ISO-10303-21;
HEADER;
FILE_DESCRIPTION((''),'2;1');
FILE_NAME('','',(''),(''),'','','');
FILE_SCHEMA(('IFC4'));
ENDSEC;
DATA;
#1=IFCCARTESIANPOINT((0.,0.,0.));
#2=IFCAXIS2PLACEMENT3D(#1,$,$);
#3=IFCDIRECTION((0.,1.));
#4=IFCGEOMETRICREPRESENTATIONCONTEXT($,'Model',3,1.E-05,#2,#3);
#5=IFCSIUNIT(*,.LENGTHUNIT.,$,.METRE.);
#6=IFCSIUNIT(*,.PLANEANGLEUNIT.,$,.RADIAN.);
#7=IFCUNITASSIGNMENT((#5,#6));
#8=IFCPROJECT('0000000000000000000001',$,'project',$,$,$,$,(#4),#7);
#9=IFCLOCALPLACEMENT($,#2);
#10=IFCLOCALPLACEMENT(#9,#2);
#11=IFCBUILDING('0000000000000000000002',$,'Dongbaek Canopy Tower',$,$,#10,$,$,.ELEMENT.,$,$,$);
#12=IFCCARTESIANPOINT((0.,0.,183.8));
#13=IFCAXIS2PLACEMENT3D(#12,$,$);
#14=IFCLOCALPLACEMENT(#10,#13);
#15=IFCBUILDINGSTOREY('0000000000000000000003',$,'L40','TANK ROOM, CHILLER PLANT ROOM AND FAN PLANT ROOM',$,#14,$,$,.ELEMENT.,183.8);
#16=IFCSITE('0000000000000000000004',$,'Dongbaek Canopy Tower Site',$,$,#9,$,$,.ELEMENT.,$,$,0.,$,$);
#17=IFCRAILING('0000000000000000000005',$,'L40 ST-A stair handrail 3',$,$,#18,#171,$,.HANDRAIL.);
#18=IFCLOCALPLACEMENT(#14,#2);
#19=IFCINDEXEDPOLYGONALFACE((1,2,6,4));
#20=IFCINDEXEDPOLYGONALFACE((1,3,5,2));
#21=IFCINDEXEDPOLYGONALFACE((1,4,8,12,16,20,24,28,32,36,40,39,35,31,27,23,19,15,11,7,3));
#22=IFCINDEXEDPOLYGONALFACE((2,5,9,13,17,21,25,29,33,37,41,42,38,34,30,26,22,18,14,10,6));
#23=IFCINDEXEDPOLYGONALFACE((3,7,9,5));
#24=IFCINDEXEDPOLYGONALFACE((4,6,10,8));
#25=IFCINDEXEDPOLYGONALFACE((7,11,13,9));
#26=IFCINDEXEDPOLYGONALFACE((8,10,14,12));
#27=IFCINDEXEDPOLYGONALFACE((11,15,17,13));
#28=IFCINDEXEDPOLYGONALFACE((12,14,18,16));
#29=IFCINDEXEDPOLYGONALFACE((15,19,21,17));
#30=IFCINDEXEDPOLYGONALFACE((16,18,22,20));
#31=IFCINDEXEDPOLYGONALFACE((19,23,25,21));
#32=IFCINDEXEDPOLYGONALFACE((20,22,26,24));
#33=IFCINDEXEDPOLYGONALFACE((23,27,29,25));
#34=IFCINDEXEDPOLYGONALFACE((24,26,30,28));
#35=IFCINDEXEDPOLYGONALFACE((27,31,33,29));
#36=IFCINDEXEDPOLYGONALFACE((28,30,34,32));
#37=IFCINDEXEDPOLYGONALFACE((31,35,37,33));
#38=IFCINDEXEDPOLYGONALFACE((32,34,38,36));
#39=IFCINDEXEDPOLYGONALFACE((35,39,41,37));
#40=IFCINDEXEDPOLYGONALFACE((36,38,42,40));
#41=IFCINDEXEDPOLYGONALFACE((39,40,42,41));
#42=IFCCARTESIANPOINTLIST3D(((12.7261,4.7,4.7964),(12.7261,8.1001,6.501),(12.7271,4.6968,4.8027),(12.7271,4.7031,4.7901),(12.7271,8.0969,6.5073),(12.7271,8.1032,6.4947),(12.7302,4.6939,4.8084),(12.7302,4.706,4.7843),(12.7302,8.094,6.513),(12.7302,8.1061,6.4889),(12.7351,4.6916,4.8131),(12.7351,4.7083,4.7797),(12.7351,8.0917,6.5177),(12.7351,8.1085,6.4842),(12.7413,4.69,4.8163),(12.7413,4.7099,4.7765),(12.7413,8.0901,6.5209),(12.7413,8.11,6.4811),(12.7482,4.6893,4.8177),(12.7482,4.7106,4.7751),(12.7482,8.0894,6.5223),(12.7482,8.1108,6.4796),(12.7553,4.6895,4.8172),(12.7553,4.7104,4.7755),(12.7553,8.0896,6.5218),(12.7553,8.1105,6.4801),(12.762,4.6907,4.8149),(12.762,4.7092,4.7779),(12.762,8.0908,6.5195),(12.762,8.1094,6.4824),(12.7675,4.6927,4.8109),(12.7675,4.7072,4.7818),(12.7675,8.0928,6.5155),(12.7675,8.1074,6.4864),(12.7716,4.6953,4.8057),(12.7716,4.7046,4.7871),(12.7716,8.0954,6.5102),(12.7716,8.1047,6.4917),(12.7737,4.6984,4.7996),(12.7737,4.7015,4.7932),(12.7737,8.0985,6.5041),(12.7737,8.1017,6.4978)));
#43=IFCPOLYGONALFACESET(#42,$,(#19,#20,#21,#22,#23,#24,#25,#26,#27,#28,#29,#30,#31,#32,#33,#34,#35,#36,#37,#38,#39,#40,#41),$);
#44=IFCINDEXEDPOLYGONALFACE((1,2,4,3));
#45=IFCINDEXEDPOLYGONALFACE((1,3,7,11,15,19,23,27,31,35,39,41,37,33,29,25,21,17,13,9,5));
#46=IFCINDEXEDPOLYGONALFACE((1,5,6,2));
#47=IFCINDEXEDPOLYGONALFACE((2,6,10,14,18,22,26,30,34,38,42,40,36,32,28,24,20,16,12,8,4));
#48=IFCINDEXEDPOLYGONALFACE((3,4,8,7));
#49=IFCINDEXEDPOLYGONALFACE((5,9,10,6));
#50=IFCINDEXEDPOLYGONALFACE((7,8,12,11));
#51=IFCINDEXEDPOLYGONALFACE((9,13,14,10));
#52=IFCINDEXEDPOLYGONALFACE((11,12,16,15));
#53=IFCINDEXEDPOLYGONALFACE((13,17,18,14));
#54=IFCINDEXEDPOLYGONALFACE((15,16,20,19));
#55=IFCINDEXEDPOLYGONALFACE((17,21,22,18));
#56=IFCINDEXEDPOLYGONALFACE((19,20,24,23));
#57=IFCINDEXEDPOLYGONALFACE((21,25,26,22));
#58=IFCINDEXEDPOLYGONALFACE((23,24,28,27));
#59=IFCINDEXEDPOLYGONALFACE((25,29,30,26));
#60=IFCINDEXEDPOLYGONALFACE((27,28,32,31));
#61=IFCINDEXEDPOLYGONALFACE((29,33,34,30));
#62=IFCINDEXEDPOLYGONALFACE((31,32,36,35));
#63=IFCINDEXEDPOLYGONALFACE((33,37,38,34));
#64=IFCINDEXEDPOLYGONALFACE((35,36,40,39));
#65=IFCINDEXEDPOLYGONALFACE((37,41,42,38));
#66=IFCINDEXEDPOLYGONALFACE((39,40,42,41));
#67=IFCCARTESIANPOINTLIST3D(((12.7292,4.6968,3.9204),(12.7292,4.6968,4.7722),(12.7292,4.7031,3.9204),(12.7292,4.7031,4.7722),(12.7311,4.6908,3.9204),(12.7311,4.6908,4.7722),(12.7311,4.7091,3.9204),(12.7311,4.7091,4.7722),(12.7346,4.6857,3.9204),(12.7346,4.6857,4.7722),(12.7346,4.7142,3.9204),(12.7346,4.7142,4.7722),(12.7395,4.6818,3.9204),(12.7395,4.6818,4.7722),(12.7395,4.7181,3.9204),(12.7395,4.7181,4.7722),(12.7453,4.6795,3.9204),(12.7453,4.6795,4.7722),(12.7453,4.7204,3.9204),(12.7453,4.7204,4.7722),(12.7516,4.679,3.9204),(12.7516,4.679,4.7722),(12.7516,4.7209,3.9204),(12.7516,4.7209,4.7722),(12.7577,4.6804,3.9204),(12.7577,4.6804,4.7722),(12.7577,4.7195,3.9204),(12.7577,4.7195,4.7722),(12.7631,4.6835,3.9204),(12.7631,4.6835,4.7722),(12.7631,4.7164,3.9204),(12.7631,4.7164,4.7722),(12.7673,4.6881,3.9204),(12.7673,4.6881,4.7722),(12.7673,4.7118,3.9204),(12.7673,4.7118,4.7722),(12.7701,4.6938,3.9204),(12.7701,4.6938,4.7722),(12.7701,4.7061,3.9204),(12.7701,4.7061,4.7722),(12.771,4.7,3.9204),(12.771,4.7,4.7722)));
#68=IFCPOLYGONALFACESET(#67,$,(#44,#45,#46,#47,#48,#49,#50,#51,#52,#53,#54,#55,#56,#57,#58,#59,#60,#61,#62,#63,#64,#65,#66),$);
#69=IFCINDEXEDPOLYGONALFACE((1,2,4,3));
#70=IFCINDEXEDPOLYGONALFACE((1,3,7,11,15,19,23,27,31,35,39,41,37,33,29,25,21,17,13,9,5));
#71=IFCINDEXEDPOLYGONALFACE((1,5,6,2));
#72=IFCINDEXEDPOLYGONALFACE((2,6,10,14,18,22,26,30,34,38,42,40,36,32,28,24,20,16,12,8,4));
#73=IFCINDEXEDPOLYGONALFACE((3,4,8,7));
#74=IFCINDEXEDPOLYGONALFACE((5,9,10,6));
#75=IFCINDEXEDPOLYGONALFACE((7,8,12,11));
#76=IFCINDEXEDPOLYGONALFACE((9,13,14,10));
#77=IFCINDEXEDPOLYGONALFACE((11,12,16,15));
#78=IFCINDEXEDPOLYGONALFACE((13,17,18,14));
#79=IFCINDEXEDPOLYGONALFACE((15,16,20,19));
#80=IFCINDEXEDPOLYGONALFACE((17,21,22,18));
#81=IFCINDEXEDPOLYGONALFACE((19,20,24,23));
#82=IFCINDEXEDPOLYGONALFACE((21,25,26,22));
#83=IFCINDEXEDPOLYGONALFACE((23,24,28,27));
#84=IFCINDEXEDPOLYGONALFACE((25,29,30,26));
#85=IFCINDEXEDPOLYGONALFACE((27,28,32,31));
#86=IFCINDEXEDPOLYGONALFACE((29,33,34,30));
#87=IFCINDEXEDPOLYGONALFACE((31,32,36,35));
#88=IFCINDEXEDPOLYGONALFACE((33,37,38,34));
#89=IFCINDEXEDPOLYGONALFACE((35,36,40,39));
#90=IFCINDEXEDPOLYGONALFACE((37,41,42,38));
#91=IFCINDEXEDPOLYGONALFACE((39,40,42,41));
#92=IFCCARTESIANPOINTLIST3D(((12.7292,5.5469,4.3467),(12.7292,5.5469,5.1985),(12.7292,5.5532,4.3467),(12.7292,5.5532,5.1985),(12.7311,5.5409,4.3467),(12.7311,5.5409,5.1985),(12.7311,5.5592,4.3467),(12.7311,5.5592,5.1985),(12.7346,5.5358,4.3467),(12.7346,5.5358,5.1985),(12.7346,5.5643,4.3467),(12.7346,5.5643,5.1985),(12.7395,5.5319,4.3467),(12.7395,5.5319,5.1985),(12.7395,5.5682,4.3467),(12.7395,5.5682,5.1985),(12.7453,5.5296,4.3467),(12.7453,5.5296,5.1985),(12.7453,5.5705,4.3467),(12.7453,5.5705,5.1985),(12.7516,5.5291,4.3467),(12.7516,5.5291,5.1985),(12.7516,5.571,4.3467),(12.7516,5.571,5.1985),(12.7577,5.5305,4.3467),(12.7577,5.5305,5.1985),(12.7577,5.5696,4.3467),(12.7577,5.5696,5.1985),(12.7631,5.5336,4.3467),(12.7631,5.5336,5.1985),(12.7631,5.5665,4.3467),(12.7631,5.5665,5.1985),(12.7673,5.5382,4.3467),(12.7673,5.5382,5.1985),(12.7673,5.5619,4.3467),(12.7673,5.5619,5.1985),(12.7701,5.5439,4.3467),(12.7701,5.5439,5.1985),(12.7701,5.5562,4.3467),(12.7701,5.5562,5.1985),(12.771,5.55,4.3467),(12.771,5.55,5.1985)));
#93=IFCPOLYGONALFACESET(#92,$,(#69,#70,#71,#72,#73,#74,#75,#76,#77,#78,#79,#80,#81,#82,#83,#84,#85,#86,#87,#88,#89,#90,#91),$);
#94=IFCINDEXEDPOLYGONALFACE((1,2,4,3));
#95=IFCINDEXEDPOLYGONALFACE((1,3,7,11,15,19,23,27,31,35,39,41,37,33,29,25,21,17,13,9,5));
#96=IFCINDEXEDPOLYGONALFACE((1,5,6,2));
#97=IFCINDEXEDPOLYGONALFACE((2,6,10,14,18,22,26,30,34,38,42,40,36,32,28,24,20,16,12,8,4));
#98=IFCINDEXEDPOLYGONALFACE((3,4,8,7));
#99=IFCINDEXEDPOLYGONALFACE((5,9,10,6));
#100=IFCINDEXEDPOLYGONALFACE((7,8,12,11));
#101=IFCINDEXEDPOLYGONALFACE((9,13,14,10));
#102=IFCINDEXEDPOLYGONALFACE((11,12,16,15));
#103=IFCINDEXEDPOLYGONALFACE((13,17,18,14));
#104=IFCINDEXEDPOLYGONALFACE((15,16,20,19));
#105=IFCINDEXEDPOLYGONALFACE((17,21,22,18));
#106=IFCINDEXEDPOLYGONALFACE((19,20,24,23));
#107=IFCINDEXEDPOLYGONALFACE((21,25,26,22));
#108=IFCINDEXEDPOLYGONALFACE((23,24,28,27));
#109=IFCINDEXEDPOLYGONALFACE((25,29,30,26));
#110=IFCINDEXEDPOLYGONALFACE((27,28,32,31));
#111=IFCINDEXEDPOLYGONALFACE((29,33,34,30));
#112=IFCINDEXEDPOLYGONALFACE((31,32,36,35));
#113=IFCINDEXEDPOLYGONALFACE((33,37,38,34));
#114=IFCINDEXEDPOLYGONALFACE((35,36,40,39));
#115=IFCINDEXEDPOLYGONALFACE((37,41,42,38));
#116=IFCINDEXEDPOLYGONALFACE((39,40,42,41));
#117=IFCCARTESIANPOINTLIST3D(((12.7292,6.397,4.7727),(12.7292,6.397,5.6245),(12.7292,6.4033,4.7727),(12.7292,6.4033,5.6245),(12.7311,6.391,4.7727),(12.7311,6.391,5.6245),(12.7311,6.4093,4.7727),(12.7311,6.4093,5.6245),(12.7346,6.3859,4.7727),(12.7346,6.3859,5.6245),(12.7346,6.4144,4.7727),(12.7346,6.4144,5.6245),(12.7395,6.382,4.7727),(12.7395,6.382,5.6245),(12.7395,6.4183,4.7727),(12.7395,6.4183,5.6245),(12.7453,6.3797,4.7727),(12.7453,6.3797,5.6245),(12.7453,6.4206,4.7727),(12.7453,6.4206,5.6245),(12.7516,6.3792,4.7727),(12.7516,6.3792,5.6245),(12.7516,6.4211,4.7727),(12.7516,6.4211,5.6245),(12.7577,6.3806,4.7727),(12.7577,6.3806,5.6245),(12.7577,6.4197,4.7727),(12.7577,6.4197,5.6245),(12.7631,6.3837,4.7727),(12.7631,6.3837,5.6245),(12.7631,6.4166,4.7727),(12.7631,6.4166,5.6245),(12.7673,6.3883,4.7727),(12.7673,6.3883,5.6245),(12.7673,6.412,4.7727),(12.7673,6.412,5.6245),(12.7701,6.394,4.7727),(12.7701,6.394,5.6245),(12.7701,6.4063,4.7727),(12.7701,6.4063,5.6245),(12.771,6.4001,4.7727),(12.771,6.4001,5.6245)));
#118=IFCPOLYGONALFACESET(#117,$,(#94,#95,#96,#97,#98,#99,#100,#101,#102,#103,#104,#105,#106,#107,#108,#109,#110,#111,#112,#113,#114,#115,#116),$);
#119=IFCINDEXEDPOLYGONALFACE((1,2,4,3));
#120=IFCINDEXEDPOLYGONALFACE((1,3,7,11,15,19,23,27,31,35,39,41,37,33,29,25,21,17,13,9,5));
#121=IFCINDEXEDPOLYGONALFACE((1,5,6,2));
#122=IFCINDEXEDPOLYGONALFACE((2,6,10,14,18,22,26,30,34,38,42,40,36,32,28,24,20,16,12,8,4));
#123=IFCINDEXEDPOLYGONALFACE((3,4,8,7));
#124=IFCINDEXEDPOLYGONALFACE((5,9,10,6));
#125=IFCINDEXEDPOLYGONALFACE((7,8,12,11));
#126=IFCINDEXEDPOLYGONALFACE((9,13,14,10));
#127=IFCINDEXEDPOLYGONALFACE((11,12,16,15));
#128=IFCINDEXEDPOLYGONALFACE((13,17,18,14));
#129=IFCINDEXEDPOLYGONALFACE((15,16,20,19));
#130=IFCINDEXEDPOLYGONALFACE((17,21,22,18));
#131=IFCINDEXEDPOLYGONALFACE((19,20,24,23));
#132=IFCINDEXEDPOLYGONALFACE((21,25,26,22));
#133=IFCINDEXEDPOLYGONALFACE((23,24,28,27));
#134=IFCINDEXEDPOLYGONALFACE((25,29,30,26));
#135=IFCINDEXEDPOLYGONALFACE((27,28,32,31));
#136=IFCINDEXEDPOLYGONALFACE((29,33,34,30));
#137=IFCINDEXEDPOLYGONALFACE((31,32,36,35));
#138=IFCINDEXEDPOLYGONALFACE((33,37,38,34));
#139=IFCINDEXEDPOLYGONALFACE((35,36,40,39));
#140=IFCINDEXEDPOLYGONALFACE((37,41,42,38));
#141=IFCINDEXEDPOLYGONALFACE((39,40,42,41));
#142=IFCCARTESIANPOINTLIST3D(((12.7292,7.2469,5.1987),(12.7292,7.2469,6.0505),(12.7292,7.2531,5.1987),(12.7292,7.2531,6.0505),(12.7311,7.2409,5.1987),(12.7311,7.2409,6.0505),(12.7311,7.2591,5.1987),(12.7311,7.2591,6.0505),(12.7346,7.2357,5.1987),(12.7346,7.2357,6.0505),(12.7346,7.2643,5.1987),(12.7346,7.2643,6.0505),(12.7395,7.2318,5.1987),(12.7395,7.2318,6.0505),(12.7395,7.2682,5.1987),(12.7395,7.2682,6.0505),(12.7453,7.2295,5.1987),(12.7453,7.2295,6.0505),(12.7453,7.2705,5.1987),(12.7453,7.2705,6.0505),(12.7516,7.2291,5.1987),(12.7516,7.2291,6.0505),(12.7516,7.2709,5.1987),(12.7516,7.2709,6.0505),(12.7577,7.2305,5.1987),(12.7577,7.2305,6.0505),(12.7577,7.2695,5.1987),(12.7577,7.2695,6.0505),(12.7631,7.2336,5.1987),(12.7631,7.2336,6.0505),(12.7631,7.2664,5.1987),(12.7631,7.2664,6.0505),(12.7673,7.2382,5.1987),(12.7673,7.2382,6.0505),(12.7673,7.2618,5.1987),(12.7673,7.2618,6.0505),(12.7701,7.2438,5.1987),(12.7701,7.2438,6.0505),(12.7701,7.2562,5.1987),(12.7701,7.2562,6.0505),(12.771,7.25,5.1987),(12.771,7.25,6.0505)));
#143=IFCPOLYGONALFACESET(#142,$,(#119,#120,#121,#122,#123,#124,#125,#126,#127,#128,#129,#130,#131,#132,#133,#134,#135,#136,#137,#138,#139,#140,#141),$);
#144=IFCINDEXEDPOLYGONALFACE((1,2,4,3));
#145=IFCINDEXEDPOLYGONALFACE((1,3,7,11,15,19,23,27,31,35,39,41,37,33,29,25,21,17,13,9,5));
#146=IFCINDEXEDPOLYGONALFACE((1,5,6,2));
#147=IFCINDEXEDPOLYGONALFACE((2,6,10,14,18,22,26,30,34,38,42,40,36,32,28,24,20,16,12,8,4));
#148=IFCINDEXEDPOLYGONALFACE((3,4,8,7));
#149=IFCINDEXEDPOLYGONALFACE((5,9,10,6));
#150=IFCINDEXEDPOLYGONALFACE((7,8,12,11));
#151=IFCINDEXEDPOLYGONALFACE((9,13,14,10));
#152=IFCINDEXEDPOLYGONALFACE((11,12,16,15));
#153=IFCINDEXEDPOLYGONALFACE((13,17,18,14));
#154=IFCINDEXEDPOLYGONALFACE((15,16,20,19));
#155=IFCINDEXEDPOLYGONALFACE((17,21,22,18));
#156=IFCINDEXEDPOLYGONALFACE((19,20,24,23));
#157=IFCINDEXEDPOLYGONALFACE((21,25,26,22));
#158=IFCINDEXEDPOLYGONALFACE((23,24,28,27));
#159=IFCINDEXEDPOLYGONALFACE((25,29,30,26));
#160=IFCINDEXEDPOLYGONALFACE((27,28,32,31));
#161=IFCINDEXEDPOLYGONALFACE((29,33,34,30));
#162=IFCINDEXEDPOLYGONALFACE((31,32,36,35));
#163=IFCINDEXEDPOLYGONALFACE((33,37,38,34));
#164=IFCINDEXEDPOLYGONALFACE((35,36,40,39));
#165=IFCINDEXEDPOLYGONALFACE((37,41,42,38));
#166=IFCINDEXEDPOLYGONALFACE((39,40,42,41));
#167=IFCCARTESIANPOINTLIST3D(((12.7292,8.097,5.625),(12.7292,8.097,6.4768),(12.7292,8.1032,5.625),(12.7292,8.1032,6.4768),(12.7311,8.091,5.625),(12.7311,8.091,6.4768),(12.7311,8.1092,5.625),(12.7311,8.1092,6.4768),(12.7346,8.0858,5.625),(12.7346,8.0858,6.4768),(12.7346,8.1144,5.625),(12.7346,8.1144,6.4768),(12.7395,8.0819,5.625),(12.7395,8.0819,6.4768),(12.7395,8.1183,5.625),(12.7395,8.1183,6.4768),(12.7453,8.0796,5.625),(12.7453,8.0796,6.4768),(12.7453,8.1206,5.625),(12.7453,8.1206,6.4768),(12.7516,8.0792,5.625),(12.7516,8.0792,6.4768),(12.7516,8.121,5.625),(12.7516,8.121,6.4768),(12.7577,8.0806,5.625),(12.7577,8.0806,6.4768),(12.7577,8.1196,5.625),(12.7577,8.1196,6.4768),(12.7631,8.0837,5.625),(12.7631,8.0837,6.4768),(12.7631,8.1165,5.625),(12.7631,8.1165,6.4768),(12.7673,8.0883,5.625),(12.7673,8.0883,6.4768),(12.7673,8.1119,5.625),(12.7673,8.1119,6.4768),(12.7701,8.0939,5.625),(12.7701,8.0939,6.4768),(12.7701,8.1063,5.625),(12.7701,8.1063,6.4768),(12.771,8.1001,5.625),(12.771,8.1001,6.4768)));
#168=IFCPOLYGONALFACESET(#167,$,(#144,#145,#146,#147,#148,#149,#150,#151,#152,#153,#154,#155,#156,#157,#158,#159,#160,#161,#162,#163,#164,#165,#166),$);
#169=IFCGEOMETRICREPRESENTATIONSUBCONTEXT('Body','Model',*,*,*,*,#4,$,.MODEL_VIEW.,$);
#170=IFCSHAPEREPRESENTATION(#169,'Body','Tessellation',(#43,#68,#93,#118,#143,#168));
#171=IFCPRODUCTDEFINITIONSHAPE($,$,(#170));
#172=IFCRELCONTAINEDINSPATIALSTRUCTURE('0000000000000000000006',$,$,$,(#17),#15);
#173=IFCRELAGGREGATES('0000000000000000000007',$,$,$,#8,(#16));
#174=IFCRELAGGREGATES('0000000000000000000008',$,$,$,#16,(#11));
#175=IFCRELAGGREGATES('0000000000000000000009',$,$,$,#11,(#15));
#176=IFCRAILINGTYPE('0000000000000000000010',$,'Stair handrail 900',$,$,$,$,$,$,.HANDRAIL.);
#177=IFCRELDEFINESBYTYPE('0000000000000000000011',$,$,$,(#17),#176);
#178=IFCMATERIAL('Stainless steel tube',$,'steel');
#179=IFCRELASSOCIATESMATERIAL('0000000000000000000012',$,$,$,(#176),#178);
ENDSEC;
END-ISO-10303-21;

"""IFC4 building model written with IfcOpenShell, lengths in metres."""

from ifc_helpers import new_model, si_unit, direction, frame, origin, origin_2d, place, context, subcontext, project, spatial, circle, extrude, material, type_object, element, save


model = new_model("IFC4")

# Units and contexts
model_context = context("Model", 3, precision=1e-05, world=origin(), true_north=direction((0.0, 1.0)))
body_context = subcontext(model_context, "Body", "Model", "MODEL_VIEW")
ifc_project = project(units=[si_unit("LENGTHUNIT", "METRE"), si_unit("PLANEANGLEUNIT", "RADIAN")], contexts=[model_context])

# Site, building, storey
site_placement = place(None, origin())
site = spatial("IfcSite", under=ifc_project, at=site_placement, Name="Dongbaek Canopy Tower Site", CompositionType="ELEMENT", RefElevation=0.0)
building_placement = place(site_placement, origin())
building = spatial("IfcBuilding", under=site, at=building_placement, Name="Dongbaek Canopy Tower", CompositionType="ELEMENT")
storey_placement = place(building_placement, frame((0.0, 0.0, 183.8)))
storey = spatial("IfcBuildingStorey", under=building, at=storey_placement, Name="L40", Description="TANK ROOM, CHILLER PLANT ROOM AND FAN PLANT ROOM", CompositionType="ELEMENT", Elevation=183.8)

# Railing
ifc_material_1 = material(Name="Stainless steel tube", Category="steel")
railing_type_1 = type_object("IfcRailingType", Name="Stair handrail 900", PredefinedType="HANDRAIL", material=ifc_material_1)
for number, where, name in (
    (1, (12.75, 4.7, 3.9204), "L40 ST-A stair handrail 3"),
):
    element("IfcRailing", number, at=place(storey_placement, frame(where)), inside=storey, type_object=railing_type_1, Name=name, PredefinedType="HANDRAIL", context=body_context, shape_type="SweptSolid", body=[
        extrude(circle(Radius=0.0239, at=origin_2d()), frame((0.0, 0.0, 0.876), z_axis=(0.0, 0.893952, 0.448163), x_axis=(-1.0, 0.0, 0.0)), (0.0, 0.0, 1.0), 3.8035),
        extrude(circle(Radius=0.021, at=origin_2d()), origin(), (0.0, 0.0, 1.0), 0.8518),
        extrude(circle(Radius=0.021, at=origin_2d()), frame((0.0, 0.8501, 0.4263)), (0.0, 0.0, 1.0), 0.8518),
        extrude(circle(Radius=0.021, at=origin_2d()), frame((0.0, 1.7002, 0.8523)), (0.0, 0.0, 1.0), 0.8518),
        extrude(circle(Radius=0.021, at=origin_2d()), frame((0.0, 2.55, 1.2783)), (0.0, 0.0, 1.0), 0.8518),
        extrude(circle(Radius=0.021, at=origin_2d()), frame((0.0, 3.4001, 1.7046)), (0.0, 0.0, 1.0), 0.8518),
    ])

save(model, "model.ifc")
